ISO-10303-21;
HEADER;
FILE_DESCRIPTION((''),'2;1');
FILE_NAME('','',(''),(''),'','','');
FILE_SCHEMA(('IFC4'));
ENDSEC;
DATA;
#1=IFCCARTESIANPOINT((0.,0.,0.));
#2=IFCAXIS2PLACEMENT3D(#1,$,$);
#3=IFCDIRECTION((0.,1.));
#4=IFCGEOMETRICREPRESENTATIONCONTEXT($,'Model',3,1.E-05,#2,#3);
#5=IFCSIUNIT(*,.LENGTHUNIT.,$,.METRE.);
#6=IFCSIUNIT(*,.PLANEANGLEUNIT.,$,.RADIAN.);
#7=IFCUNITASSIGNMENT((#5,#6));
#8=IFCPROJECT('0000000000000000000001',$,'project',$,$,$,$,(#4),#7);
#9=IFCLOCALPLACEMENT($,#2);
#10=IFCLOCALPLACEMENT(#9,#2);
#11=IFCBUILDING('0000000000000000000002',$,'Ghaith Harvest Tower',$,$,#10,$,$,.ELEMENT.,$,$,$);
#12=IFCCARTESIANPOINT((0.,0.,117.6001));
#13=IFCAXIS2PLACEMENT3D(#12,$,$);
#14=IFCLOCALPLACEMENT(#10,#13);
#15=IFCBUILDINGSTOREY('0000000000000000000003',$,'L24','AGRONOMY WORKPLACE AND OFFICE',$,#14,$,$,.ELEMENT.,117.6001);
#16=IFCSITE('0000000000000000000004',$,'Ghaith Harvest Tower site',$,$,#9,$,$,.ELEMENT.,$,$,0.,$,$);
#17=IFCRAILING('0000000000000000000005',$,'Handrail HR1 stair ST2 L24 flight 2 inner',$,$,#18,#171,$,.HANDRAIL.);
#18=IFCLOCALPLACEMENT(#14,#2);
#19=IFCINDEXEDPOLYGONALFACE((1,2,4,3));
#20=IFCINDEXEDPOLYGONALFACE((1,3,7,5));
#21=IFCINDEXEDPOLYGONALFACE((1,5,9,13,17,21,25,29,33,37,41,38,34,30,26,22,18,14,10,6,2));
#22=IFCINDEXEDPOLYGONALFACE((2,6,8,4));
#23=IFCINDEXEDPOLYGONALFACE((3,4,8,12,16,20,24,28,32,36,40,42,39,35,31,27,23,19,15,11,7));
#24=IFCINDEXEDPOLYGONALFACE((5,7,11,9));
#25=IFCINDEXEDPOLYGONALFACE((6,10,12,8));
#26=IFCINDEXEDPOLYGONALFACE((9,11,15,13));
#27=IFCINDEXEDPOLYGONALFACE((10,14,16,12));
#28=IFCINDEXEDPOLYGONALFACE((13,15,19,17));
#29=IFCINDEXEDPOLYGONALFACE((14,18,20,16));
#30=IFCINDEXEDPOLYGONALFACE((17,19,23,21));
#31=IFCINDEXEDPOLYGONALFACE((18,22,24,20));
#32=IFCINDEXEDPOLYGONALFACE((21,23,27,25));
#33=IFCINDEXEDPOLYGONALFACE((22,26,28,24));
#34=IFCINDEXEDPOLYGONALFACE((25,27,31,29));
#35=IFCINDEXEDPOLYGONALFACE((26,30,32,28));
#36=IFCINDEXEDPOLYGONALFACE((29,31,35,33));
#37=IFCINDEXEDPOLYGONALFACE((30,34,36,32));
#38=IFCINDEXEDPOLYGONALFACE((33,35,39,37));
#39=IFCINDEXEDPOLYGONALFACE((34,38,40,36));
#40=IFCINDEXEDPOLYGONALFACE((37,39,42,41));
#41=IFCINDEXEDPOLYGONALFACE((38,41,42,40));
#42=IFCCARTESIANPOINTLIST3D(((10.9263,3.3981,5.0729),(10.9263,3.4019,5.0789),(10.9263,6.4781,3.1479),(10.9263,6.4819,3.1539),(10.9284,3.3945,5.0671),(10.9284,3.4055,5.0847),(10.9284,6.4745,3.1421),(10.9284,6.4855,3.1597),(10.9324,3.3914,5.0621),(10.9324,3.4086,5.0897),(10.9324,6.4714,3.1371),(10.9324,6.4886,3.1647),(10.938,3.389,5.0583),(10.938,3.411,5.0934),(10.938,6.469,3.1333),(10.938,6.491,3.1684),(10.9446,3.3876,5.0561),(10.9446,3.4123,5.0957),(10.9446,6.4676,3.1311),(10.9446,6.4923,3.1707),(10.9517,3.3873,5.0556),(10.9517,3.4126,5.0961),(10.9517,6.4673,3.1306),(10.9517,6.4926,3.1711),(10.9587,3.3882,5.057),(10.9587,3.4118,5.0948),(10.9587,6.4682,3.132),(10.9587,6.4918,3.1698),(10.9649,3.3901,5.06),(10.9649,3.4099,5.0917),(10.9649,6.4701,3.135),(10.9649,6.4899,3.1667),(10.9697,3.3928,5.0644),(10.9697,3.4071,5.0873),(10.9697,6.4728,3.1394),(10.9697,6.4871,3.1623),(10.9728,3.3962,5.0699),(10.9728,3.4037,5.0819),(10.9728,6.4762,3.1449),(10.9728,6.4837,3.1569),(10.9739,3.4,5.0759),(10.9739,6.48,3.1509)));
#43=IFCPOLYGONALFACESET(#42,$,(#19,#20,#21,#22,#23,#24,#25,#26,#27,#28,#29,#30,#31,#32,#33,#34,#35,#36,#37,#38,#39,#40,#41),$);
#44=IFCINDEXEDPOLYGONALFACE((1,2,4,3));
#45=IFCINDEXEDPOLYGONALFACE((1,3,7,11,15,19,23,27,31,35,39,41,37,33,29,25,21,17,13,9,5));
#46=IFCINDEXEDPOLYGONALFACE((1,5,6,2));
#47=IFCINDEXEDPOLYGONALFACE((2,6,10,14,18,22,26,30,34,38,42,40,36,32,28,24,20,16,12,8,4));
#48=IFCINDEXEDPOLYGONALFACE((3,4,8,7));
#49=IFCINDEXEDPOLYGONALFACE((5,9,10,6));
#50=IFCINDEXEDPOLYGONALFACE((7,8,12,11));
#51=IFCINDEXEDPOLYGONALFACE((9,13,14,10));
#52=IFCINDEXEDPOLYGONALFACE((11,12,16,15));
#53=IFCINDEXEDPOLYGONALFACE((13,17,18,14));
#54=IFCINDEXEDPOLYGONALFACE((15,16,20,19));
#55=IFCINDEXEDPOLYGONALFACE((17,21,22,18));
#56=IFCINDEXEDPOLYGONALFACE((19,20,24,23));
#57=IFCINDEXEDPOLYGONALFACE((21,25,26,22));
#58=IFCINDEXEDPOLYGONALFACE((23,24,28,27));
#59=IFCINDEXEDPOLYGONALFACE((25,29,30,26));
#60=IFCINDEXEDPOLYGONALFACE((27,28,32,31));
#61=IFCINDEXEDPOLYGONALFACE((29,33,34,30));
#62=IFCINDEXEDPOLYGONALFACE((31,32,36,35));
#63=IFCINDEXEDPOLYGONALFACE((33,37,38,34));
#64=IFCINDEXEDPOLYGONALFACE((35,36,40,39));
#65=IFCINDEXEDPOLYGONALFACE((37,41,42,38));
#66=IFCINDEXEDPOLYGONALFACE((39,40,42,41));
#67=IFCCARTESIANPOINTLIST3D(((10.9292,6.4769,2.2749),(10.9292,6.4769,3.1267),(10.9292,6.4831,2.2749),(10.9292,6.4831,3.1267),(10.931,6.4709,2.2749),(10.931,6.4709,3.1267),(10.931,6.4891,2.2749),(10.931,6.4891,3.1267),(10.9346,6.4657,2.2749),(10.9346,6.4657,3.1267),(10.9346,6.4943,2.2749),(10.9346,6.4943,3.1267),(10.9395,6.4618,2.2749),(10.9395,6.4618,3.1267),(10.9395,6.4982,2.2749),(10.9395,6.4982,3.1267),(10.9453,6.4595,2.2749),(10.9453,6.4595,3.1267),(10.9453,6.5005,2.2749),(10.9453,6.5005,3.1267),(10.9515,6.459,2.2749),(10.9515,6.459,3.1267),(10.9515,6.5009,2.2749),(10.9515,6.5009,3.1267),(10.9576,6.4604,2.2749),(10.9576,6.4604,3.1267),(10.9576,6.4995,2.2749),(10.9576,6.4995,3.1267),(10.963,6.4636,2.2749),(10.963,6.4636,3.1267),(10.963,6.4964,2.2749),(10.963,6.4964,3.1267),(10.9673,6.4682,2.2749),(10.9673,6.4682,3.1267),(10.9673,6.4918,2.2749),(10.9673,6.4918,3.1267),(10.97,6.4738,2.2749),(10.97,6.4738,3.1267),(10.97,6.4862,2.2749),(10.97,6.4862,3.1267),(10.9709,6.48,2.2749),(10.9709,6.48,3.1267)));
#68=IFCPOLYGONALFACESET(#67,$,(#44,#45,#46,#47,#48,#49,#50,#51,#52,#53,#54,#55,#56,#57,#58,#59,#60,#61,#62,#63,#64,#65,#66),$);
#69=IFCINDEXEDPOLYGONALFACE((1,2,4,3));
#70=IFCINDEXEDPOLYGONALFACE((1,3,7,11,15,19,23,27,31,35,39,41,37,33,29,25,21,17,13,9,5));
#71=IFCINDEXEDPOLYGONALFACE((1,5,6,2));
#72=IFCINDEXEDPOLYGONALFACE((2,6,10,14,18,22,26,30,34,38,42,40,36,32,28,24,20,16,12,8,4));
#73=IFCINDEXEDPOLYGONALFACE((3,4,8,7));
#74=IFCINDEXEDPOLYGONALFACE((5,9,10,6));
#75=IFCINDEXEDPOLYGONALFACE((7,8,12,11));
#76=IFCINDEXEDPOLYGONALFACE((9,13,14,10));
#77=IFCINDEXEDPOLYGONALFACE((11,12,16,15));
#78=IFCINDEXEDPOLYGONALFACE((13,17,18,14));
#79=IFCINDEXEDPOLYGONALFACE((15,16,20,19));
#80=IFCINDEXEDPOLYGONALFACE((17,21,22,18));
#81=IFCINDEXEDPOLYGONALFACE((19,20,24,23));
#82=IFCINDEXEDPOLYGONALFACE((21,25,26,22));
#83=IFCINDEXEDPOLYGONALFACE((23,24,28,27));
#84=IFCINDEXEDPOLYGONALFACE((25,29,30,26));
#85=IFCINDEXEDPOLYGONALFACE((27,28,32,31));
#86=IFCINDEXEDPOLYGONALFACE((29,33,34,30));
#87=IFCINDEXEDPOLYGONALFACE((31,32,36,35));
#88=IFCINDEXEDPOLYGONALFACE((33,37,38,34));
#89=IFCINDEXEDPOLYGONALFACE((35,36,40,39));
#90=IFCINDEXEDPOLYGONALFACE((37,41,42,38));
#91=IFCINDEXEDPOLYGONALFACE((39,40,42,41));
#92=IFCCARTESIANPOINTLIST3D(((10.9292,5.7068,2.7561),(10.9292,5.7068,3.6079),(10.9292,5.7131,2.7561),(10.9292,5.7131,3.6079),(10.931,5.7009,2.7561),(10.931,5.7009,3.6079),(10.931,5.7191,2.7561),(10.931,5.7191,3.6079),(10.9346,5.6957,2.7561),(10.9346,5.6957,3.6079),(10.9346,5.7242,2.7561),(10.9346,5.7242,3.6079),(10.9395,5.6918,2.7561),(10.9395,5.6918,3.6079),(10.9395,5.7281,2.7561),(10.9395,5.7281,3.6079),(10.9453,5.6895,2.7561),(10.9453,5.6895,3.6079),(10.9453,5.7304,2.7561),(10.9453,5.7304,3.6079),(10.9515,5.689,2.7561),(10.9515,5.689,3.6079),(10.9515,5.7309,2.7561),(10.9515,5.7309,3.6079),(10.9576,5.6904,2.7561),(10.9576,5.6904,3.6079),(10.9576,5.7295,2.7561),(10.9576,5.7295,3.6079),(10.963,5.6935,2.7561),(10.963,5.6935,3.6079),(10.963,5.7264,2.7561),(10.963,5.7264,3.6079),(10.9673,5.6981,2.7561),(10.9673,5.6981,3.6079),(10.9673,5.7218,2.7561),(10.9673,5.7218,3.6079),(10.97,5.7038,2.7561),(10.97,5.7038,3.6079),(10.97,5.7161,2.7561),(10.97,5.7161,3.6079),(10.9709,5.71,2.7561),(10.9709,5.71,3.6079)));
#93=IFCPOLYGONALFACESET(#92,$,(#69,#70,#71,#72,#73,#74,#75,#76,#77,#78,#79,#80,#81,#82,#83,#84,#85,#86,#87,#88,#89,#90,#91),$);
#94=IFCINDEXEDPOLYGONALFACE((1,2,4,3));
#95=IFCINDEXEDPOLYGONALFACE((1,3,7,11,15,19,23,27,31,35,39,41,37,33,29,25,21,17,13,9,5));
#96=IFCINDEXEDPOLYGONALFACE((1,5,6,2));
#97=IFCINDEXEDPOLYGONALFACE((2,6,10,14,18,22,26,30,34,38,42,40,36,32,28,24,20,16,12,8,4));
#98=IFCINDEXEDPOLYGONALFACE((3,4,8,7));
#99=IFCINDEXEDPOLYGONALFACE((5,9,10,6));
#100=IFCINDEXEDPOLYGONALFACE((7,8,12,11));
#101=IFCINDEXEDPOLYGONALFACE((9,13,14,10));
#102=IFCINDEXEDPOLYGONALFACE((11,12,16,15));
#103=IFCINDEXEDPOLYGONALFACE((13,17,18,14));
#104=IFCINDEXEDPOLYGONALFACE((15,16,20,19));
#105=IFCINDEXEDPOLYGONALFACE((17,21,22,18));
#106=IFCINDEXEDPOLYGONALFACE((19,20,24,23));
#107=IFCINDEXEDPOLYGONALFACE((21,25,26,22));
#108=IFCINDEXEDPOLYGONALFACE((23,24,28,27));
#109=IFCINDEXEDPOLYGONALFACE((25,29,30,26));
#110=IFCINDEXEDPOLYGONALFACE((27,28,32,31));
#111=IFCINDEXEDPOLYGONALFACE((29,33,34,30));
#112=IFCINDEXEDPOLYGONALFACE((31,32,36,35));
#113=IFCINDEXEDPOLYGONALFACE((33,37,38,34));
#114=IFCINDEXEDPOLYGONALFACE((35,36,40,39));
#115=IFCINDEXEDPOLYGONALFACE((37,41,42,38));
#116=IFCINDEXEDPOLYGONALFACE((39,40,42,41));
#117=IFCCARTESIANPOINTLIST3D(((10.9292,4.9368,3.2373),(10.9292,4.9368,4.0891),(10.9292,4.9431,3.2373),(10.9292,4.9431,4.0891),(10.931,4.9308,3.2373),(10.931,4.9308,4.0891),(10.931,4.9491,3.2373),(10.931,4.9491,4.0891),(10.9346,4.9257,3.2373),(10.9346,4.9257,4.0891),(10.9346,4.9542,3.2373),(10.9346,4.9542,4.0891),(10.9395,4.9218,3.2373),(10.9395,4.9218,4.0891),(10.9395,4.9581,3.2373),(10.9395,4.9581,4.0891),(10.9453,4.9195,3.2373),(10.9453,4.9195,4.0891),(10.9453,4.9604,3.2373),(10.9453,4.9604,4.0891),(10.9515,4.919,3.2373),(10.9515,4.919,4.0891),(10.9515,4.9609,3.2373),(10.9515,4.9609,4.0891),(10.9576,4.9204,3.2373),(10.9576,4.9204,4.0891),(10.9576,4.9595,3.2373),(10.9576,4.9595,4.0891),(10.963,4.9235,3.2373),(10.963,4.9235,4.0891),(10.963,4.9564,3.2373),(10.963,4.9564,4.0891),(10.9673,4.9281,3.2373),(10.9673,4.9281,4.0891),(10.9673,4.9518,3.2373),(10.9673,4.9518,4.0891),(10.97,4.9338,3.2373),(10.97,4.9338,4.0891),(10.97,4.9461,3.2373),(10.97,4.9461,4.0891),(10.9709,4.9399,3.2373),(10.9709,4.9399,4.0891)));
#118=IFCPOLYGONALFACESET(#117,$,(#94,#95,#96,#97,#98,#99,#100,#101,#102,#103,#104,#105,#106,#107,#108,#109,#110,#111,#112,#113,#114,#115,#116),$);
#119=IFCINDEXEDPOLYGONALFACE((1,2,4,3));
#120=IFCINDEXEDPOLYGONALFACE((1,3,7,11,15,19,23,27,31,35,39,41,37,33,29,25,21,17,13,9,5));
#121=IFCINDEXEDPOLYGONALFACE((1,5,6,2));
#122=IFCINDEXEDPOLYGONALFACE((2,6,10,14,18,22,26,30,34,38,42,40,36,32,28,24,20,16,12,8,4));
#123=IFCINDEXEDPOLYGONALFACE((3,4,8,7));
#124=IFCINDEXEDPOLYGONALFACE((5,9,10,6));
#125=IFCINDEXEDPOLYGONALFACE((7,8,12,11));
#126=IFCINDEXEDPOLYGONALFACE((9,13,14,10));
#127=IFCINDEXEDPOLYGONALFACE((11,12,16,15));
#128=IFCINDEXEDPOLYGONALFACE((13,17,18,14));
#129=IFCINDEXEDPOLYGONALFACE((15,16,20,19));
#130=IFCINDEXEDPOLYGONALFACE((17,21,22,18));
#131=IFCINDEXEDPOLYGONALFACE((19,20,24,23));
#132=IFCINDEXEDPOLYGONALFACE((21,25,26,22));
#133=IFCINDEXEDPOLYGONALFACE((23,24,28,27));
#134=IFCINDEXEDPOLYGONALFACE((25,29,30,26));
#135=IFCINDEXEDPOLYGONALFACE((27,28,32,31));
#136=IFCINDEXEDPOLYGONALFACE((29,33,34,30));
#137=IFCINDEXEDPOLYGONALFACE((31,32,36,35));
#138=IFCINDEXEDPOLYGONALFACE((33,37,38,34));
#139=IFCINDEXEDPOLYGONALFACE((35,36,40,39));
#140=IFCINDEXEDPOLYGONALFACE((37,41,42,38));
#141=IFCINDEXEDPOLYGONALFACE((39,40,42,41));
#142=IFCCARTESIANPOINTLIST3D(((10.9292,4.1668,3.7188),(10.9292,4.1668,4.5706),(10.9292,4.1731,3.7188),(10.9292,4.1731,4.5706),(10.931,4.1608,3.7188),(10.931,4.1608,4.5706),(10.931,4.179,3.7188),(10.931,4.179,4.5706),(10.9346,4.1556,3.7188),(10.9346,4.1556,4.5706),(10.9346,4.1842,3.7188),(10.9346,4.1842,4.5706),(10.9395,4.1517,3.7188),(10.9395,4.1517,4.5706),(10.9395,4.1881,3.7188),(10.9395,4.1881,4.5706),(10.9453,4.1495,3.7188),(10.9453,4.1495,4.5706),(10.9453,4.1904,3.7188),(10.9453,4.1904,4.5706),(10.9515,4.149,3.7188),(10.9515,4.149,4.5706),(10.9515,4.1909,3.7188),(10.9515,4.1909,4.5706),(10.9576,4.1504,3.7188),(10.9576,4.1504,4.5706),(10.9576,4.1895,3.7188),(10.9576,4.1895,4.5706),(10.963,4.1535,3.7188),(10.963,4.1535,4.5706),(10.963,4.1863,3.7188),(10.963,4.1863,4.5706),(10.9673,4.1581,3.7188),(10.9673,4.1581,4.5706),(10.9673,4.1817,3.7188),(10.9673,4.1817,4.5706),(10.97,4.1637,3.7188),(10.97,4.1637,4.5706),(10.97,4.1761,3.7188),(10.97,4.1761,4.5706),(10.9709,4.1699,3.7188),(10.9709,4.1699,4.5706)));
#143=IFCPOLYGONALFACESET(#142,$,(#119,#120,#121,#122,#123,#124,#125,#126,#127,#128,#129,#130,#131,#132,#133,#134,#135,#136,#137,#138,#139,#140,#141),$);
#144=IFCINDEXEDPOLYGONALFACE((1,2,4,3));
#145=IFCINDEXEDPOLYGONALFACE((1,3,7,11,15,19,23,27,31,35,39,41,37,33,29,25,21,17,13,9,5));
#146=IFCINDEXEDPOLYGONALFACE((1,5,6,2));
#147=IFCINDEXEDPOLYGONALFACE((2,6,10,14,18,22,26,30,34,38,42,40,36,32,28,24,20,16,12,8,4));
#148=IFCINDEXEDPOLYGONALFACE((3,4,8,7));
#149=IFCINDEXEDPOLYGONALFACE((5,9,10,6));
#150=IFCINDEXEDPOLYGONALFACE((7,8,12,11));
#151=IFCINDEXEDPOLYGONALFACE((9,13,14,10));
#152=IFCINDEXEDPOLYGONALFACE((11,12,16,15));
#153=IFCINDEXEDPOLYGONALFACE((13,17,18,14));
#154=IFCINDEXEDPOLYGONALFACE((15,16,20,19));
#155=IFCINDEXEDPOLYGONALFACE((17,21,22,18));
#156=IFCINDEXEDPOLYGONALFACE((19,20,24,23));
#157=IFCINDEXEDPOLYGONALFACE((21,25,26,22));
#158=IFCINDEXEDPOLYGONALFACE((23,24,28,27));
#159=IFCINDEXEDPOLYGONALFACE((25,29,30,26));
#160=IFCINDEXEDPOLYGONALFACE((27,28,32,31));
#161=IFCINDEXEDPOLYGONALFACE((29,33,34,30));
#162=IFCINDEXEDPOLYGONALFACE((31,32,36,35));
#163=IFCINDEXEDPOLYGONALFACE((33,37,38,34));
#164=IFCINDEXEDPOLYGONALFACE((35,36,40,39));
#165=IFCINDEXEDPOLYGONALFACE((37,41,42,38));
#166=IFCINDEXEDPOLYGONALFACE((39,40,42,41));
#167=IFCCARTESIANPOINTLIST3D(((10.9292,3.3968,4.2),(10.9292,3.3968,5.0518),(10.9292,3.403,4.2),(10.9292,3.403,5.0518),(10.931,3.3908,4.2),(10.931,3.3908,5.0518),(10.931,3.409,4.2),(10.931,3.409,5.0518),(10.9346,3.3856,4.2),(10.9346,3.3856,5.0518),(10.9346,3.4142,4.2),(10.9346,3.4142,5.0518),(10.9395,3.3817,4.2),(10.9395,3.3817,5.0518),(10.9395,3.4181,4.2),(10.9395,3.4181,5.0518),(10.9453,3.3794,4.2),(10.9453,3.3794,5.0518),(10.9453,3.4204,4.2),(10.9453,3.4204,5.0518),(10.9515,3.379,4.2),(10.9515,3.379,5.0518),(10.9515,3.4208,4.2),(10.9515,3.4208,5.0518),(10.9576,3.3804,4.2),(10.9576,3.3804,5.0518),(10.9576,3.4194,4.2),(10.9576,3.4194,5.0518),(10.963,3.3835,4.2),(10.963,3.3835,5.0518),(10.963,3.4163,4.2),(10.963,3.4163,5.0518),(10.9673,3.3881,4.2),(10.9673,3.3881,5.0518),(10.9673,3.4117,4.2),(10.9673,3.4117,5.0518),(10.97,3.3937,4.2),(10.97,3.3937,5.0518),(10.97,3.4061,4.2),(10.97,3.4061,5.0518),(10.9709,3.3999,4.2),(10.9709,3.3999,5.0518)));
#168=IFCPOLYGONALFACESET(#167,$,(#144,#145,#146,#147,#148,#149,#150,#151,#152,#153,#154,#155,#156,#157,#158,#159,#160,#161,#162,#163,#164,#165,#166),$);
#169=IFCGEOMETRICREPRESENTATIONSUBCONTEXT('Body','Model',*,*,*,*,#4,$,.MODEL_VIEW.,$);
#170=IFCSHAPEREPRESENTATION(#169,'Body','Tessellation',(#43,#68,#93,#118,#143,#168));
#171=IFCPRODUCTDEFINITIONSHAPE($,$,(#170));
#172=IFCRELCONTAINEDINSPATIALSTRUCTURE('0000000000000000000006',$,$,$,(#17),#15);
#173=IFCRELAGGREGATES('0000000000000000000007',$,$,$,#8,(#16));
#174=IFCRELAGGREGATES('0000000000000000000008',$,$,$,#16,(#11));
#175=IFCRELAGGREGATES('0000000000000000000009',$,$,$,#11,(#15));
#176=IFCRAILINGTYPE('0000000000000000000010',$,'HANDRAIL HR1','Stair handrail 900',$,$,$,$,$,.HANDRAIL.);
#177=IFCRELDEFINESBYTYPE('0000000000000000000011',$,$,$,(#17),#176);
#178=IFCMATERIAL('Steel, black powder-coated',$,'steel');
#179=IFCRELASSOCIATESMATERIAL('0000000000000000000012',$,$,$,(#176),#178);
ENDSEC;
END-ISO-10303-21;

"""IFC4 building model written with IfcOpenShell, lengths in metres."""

from ifc_helpers import new_model, si_unit, direction, frame, origin, origin_2d, place, context, subcontext, project, spatial, circle, extrude, material, type_object, element, save


model = new_model("IFC4")

# Units and contexts
model_context = context("Model", 3, precision=1e-05, world=origin(), true_north=direction((0.0, 1.0)))
body_context = subcontext(model_context, "Body", "Model", "MODEL_VIEW")
ifc_project = project(units=[si_unit("LENGTHUNIT", "METRE"), si_unit("PLANEANGLEUNIT", "RADIAN")], contexts=[model_context])

# Site, building, storey
site_placement = place(None, origin())
site = spatial("IfcSite", under=ifc_project, at=site_placement, Name="Ghaith Harvest Tower site", CompositionType="ELEMENT", RefElevation=0.0)
building_placement = place(site_placement, origin())
building = spatial("IfcBuilding", under=site, at=building_placement, Name="Ghaith Harvest Tower", CompositionType="ELEMENT")
storey_placement = place(building_placement, frame((0.0, 0.0, 117.6001)))
storey = spatial("IfcBuildingStorey", under=building, at=storey_placement, Name="L24", Description="AGRONOMY WORKPLACE AND OFFICE", CompositionType="ELEMENT", Elevation=117.6001)

# Railing
ifc_material_1 = material(Name="Steel, black powder-coated", Category="steel")
railing_type = type_object("IfcRailingType", Name="HANDRAIL HR1", Description="Stair handrail 900", PredefinedType="HANDRAIL", material=ifc_material_1)
railing_1_placement = place(storey_placement, frame((10.95, 6.48, 2.2749)))
element("IfcRailing", 1, at=railing_1_placement, inside=storey, type_object=railing_type, Name="Handrail HR1 stair ST2 L24 flight 2 inner", PredefinedType="HANDRAIL", context=body_context, shape_type="SweptSolid", body=[
    extrude(circle(Radius=0.0239, at=origin_2d()), frame((0.0, 0.0, 0.876), z_axis=(0.0, -0.847998, 0.529999), x_axis=(1.0, 0.0, 0.0)), (0.0, 0.0, 1.0), 3.6321),
    extrude(circle(Radius=0.021, at=origin_2d()), origin(), (0.0, 0.0, 1.0), 0.8518),
    extrude(circle(Radius=0.021, at=origin_2d()), frame((0.0, -0.77, 0.4812)), (0.0, 0.0, 1.0), 0.8518),
    extrude(circle(Radius=0.021, at=origin_2d()), frame((0.0, -1.54, 0.9624)), (0.0, 0.0, 1.0), 0.8518),
    extrude(circle(Radius=0.021, at=origin_2d()), frame((0.0, -2.3101, 1.4438)), (0.0, 0.0, 1.0), 0.8518),
    extrude(circle(Radius=0.021, at=origin_2d()), frame((0.0, -3.0801, 1.925)), (0.0, 0.0, 1.0), 0.8518),
])

save(model, "model.ifc")
